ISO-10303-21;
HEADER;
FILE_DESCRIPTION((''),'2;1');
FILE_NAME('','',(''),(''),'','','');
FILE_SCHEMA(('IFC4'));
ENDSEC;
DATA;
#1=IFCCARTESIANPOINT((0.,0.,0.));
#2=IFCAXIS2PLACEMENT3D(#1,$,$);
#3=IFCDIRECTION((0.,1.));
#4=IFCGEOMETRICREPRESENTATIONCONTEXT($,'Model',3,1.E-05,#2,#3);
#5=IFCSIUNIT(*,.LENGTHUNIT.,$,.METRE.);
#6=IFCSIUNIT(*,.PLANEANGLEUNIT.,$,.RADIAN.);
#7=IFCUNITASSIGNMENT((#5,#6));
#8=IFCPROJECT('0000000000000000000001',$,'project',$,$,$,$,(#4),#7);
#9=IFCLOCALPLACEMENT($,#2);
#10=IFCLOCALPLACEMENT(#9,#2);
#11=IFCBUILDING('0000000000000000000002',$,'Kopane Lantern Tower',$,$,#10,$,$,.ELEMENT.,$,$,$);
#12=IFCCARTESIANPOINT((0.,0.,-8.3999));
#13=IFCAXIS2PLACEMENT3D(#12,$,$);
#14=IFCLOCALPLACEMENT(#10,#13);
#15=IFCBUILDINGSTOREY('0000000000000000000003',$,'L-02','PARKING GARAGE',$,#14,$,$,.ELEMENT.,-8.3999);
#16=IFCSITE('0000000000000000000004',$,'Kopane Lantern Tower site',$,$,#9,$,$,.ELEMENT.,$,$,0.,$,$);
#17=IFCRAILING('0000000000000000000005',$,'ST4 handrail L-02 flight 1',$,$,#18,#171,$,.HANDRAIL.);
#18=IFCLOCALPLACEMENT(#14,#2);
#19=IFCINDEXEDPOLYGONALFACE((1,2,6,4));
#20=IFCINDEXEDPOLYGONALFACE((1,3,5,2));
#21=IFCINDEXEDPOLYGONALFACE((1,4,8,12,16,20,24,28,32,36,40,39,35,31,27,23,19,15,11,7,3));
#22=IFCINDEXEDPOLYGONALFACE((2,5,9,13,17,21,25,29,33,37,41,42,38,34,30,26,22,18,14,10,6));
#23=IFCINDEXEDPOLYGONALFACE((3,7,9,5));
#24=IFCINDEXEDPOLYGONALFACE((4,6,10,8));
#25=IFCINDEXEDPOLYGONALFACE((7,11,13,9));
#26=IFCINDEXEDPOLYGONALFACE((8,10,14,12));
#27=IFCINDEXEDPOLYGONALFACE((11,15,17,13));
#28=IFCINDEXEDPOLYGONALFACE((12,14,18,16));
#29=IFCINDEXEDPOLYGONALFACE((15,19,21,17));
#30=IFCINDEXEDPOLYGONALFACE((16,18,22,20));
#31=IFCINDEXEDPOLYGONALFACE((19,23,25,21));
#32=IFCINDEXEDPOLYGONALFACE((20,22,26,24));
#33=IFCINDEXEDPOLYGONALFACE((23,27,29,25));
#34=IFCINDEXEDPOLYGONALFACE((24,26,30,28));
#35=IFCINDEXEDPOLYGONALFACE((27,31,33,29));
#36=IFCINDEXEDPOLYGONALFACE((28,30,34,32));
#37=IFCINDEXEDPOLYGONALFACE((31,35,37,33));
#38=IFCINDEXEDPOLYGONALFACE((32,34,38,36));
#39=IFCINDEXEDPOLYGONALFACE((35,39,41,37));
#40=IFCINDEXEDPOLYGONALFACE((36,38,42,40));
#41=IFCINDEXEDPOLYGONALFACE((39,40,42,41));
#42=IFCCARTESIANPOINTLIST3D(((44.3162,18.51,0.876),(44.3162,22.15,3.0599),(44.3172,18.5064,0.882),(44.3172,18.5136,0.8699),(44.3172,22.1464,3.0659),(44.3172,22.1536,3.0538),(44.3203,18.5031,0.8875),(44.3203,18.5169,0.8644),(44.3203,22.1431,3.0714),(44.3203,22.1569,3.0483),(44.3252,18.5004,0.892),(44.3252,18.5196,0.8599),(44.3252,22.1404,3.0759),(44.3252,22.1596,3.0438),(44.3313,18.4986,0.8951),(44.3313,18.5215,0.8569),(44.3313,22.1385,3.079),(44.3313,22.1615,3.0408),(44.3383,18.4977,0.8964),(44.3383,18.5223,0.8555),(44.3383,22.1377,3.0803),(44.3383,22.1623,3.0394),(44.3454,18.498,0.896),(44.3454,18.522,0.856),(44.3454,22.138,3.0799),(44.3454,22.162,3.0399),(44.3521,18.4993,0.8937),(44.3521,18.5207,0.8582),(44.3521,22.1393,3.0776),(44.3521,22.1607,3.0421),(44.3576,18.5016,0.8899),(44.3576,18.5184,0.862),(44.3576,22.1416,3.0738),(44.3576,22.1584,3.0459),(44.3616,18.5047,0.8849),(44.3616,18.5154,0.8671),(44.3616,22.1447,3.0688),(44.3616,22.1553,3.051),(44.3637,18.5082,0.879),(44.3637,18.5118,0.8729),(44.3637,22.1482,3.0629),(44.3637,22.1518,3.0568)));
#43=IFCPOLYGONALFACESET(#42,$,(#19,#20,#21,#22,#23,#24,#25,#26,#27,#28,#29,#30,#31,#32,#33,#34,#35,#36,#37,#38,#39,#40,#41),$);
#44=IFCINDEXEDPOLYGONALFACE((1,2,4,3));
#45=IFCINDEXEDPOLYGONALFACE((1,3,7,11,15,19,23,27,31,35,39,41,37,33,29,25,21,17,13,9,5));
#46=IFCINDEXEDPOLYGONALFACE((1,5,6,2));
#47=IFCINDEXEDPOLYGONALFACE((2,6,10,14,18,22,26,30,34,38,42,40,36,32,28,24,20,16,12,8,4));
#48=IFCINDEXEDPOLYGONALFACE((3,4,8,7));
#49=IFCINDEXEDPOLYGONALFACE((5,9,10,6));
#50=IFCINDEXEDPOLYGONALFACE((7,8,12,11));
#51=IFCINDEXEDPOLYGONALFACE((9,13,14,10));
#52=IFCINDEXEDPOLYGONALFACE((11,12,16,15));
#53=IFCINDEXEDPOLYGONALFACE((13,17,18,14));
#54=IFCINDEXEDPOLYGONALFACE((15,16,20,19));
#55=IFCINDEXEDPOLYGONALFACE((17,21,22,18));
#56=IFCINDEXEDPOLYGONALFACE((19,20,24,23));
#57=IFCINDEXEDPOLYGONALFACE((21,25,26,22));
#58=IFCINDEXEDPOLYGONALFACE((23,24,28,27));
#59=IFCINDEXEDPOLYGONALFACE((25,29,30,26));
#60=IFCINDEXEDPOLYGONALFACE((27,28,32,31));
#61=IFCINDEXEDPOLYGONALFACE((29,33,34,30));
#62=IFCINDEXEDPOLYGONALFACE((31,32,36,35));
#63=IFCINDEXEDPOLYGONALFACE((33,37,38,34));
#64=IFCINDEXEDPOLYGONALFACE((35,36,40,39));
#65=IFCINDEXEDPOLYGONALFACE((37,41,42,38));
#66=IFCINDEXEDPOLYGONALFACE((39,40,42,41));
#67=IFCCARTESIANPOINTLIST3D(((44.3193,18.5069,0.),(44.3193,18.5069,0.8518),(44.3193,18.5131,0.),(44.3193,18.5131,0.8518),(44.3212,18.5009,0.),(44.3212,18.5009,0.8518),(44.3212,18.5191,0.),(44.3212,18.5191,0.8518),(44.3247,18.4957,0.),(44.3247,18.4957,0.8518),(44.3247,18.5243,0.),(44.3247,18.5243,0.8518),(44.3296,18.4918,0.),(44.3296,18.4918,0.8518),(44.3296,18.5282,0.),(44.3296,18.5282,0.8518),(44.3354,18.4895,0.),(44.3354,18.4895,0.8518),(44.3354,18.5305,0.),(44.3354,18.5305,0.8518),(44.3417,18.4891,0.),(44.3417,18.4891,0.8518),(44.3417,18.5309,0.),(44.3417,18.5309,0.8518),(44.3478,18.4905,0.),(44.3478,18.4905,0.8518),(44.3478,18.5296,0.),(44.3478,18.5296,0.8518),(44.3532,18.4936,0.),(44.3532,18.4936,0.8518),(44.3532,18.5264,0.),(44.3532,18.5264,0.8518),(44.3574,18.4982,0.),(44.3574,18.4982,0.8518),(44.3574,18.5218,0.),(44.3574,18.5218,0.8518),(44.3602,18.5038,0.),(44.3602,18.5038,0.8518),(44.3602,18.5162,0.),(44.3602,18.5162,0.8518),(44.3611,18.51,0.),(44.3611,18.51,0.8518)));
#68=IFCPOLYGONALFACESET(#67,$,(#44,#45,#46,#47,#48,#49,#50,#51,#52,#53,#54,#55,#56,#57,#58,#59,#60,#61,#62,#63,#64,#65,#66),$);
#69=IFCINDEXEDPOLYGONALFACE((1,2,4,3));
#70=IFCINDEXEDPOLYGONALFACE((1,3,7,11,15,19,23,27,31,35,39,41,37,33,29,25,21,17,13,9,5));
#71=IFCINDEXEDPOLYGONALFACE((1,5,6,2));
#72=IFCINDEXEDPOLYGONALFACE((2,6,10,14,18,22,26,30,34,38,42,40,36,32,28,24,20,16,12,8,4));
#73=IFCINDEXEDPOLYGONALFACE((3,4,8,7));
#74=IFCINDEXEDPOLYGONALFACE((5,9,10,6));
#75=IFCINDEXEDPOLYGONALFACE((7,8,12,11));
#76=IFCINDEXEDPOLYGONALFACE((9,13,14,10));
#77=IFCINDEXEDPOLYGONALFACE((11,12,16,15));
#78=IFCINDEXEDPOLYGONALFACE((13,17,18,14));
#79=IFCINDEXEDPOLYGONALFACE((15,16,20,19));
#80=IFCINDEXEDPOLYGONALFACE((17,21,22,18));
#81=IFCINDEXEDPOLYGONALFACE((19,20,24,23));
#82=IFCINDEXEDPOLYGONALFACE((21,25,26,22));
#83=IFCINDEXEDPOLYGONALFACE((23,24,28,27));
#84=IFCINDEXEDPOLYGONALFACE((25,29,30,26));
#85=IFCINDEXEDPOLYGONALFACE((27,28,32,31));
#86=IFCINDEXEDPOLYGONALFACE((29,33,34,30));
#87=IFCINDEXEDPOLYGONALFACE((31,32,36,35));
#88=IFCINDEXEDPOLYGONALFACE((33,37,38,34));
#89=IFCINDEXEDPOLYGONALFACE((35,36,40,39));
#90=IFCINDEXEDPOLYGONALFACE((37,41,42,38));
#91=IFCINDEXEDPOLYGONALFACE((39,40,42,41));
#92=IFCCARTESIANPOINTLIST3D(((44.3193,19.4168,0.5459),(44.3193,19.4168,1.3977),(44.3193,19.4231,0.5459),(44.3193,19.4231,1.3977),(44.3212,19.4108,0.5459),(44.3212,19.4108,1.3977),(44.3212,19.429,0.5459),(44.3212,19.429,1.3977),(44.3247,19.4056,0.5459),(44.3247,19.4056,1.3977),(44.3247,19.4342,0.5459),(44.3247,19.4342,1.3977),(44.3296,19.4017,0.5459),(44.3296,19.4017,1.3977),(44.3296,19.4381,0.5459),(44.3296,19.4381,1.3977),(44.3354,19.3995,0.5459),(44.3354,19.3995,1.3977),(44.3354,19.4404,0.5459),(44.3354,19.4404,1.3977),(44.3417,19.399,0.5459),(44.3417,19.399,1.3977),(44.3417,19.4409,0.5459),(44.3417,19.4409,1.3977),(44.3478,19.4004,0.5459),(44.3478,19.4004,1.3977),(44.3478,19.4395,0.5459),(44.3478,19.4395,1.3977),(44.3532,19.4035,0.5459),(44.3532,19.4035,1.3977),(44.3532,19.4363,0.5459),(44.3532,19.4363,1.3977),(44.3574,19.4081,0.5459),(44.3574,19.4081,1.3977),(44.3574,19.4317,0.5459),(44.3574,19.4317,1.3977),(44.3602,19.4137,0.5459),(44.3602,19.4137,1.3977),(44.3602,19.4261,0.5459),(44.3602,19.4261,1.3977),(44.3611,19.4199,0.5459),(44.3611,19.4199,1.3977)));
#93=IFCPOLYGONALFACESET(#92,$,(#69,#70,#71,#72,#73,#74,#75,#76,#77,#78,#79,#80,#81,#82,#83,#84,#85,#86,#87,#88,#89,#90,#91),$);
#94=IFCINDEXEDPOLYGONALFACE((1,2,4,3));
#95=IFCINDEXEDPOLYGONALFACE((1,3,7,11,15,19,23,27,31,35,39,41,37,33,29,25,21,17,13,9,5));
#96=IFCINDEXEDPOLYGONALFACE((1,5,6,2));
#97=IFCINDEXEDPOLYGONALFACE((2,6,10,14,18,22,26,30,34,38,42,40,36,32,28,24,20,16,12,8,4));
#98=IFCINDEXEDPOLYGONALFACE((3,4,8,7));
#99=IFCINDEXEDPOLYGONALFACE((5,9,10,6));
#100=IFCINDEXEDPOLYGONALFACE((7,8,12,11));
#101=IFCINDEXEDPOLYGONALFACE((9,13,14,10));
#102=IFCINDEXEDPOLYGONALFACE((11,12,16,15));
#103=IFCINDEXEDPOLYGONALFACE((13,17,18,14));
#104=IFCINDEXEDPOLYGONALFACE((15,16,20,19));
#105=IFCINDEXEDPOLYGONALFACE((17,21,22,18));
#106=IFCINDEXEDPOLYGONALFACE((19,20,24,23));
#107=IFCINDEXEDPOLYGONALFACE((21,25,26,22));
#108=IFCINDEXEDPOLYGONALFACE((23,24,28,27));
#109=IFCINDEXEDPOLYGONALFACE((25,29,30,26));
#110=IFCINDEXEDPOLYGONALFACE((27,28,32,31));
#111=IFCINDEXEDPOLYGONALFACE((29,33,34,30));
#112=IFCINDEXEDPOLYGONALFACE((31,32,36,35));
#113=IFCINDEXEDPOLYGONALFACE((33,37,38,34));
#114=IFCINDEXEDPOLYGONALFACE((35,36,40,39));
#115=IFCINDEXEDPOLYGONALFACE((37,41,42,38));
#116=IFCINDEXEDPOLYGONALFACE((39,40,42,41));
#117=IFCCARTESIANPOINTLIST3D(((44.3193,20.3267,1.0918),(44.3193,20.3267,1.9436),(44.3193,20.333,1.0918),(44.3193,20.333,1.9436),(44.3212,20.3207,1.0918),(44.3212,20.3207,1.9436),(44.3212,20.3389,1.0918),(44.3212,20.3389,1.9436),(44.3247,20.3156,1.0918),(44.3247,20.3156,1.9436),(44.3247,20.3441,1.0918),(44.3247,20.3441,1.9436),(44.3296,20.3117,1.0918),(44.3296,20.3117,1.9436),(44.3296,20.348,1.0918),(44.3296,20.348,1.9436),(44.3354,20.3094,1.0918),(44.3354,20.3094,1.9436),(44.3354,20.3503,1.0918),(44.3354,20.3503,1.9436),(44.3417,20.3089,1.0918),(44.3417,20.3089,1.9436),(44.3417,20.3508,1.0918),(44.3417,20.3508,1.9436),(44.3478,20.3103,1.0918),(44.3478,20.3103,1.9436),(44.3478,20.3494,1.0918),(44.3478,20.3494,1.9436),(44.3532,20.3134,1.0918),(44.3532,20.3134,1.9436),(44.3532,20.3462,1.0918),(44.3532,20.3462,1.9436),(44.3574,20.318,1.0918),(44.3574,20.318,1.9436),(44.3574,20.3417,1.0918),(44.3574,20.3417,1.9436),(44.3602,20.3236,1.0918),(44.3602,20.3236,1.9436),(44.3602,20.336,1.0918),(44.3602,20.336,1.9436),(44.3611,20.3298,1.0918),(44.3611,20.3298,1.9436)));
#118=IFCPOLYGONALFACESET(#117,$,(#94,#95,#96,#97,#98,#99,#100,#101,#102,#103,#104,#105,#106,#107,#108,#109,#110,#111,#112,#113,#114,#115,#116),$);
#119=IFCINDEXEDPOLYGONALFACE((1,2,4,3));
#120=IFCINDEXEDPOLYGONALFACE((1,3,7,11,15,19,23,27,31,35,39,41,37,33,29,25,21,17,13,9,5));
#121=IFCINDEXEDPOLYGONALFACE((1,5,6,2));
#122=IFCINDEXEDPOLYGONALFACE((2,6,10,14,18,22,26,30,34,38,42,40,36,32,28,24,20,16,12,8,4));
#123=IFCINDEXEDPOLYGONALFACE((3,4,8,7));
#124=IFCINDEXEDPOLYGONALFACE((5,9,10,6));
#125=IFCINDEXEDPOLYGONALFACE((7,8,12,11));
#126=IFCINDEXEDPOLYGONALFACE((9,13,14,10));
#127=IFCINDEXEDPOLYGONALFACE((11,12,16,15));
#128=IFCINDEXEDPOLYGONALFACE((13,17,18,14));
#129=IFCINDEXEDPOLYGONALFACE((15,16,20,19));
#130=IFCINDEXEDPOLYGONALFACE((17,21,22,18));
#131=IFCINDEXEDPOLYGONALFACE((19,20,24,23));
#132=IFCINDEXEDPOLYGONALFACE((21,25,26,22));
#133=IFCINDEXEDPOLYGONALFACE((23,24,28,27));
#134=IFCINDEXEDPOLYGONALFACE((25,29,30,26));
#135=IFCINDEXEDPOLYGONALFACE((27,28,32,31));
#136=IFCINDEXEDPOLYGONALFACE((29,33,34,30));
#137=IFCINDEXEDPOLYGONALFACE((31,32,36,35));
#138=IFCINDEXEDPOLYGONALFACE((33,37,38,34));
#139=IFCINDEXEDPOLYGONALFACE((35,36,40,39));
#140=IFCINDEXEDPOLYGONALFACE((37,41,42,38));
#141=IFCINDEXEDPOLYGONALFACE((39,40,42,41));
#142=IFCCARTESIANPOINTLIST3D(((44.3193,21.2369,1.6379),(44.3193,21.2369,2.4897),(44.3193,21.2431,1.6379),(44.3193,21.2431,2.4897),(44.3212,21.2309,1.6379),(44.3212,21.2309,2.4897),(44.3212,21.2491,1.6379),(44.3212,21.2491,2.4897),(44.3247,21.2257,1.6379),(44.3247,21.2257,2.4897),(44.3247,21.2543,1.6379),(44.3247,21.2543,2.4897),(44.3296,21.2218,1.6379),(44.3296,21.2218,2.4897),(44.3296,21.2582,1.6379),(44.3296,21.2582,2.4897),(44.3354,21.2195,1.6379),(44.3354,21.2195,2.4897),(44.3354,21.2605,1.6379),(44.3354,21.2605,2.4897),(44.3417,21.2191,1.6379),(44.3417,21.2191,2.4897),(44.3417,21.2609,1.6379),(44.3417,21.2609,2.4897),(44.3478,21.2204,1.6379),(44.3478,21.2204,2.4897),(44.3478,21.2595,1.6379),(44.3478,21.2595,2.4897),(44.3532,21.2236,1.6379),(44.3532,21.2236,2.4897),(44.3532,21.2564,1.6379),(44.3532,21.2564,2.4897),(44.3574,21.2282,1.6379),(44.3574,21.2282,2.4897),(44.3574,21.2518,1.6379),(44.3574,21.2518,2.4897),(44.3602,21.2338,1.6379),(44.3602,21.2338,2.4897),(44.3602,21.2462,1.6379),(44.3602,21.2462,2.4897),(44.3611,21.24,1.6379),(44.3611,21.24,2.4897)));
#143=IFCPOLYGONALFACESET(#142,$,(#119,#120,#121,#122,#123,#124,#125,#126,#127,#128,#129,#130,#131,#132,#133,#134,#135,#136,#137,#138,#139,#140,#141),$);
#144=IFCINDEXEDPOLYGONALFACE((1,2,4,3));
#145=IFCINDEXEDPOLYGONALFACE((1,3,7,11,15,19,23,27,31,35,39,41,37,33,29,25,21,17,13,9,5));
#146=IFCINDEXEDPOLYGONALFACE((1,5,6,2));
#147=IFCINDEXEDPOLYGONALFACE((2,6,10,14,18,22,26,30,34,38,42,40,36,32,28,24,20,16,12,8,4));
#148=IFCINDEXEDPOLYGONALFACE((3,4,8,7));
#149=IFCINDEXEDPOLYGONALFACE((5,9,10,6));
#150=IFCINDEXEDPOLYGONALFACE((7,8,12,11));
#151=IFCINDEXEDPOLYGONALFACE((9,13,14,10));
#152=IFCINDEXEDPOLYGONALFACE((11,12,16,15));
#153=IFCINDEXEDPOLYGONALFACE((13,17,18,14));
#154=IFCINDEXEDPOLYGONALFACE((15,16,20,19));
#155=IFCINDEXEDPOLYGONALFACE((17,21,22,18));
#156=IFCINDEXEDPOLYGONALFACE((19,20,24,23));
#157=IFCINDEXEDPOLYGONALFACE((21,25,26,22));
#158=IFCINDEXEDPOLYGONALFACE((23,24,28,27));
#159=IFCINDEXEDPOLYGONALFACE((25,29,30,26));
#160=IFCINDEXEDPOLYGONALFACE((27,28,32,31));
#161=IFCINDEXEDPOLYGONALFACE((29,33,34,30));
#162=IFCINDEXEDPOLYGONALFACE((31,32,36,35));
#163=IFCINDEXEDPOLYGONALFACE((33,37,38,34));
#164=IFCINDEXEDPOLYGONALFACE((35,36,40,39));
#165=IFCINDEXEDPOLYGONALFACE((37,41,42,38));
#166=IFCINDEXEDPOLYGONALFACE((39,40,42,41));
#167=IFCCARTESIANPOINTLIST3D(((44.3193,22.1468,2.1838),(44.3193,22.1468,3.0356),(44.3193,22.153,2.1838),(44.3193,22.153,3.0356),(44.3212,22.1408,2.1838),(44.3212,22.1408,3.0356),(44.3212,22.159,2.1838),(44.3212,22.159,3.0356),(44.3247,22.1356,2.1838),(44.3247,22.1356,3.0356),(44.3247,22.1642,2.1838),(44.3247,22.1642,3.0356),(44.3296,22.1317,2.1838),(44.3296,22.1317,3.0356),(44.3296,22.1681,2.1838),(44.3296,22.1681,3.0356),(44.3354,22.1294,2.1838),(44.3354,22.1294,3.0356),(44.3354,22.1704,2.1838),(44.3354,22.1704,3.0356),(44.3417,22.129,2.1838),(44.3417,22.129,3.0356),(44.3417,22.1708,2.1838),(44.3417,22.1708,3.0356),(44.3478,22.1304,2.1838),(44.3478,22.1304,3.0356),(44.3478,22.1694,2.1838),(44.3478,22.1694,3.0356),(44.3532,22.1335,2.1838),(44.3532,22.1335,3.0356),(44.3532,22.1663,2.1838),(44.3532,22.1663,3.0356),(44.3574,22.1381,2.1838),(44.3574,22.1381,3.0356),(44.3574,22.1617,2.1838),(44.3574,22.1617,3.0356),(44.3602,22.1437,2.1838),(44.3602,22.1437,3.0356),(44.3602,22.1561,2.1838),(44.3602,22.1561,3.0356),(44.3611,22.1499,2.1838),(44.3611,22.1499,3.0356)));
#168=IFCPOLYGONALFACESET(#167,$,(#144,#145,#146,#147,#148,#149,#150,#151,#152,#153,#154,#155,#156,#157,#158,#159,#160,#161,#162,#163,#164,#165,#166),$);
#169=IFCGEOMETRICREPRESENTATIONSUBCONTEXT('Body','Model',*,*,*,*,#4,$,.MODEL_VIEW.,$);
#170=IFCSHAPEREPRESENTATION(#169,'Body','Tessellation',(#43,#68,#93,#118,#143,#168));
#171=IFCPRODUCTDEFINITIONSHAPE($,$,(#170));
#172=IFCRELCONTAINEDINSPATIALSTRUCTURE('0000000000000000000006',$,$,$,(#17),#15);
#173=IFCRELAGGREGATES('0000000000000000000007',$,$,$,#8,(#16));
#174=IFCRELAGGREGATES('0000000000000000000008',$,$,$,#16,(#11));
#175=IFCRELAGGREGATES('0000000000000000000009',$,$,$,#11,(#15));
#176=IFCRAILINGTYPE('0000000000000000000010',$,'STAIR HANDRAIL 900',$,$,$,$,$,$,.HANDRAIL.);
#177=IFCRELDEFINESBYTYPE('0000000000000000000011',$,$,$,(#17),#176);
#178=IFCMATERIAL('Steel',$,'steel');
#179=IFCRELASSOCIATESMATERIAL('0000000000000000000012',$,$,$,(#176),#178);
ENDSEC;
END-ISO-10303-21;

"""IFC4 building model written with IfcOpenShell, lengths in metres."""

from ifc_helpers import new_model, si_unit, direction, frame, origin, origin_2d, place, context, subcontext, project, spatial, circle, extrude, material, type_object, element, save


model = new_model("IFC4")

# Units and contexts
model_context = context("Model", 3, precision=1e-05, world=origin(), true_north=direction((0.0, 1.0)))
body_context = subcontext(model_context, "Body", "Model", "MODEL_VIEW")
ifc_project = project(units=[si_unit("LENGTHUNIT", "METRE"), si_unit("PLANEANGLEUNIT", "RADIAN")], contexts=[model_context])

# Site, building, storey
site_placement = place(None, origin())
site = spatial("IfcSite", under=ifc_project, at=site_placement, Name="Kopane Lantern Tower site", CompositionType="ELEMENT", RefElevation=0.0)
building_placement = place(site_placement, origin())
building = spatial("IfcBuilding", under=site, at=building_placement, Name="Kopane Lantern Tower", CompositionType="ELEMENT")
storey_placement = place(building_placement, frame((0.0, 0.0, -8.3999)))
storey = spatial("IfcBuildingStorey", under=building, at=storey_placement, Name="L-02", Description="PARKING GARAGE", CompositionType="ELEMENT", Elevation=-8.3999)

# Railing
ifc_material_1 = material(Name="Steel", Category="steel")
railing_type_1 = type_object("IfcRailingType", Name="STAIR HANDRAIL 900", PredefinedType="HANDRAIL", material=ifc_material_1)
railing_1_placement = place(storey_placement, frame((44.3401, 18.51, 0.0)))
element("IfcRailing", 1, at=railing_1_placement, inside=storey, type_object=railing_type_1, Name="ST4 handrail L-02 flight 1", PredefinedType="HANDRAIL", context=body_context, shape_type="SweptSolid", body=[
    extrude(circle(Radius=0.0239, at=origin_2d()), frame((0.0, 0.0, 0.876), z_axis=(0.0, 0.857503, 0.514479), x_axis=(-1.0, 0.0, 0.0)), (0.0, 0.0, 1.0), 4.2449),
    extrude(circle(Radius=0.021, at=origin_2d()), origin(), (0.0, 0.0, 1.0), 0.8518),
    extrude(circle(Radius=0.021, at=origin_2d()), frame((0.0, 0.9099, 0.5459)), (0.0, 0.0, 1.0), 0.8518),
    extrude(circle(Radius=0.021, at=origin_2d()), frame((0.0, 1.8198, 1.0918)), (0.0, 0.0, 1.0), 0.8518),
    extrude(circle(Radius=0.021, at=origin_2d()), frame((0.0, 2.73, 1.6379)), (0.0, 0.0, 1.0), 0.8518),
    extrude(circle(Radius=0.021, at=origin_2d()), frame((0.0, 3.6399, 2.1838)), (0.0, 0.0, 1.0), 0.8518),
])

save(model, "model.ifc")
